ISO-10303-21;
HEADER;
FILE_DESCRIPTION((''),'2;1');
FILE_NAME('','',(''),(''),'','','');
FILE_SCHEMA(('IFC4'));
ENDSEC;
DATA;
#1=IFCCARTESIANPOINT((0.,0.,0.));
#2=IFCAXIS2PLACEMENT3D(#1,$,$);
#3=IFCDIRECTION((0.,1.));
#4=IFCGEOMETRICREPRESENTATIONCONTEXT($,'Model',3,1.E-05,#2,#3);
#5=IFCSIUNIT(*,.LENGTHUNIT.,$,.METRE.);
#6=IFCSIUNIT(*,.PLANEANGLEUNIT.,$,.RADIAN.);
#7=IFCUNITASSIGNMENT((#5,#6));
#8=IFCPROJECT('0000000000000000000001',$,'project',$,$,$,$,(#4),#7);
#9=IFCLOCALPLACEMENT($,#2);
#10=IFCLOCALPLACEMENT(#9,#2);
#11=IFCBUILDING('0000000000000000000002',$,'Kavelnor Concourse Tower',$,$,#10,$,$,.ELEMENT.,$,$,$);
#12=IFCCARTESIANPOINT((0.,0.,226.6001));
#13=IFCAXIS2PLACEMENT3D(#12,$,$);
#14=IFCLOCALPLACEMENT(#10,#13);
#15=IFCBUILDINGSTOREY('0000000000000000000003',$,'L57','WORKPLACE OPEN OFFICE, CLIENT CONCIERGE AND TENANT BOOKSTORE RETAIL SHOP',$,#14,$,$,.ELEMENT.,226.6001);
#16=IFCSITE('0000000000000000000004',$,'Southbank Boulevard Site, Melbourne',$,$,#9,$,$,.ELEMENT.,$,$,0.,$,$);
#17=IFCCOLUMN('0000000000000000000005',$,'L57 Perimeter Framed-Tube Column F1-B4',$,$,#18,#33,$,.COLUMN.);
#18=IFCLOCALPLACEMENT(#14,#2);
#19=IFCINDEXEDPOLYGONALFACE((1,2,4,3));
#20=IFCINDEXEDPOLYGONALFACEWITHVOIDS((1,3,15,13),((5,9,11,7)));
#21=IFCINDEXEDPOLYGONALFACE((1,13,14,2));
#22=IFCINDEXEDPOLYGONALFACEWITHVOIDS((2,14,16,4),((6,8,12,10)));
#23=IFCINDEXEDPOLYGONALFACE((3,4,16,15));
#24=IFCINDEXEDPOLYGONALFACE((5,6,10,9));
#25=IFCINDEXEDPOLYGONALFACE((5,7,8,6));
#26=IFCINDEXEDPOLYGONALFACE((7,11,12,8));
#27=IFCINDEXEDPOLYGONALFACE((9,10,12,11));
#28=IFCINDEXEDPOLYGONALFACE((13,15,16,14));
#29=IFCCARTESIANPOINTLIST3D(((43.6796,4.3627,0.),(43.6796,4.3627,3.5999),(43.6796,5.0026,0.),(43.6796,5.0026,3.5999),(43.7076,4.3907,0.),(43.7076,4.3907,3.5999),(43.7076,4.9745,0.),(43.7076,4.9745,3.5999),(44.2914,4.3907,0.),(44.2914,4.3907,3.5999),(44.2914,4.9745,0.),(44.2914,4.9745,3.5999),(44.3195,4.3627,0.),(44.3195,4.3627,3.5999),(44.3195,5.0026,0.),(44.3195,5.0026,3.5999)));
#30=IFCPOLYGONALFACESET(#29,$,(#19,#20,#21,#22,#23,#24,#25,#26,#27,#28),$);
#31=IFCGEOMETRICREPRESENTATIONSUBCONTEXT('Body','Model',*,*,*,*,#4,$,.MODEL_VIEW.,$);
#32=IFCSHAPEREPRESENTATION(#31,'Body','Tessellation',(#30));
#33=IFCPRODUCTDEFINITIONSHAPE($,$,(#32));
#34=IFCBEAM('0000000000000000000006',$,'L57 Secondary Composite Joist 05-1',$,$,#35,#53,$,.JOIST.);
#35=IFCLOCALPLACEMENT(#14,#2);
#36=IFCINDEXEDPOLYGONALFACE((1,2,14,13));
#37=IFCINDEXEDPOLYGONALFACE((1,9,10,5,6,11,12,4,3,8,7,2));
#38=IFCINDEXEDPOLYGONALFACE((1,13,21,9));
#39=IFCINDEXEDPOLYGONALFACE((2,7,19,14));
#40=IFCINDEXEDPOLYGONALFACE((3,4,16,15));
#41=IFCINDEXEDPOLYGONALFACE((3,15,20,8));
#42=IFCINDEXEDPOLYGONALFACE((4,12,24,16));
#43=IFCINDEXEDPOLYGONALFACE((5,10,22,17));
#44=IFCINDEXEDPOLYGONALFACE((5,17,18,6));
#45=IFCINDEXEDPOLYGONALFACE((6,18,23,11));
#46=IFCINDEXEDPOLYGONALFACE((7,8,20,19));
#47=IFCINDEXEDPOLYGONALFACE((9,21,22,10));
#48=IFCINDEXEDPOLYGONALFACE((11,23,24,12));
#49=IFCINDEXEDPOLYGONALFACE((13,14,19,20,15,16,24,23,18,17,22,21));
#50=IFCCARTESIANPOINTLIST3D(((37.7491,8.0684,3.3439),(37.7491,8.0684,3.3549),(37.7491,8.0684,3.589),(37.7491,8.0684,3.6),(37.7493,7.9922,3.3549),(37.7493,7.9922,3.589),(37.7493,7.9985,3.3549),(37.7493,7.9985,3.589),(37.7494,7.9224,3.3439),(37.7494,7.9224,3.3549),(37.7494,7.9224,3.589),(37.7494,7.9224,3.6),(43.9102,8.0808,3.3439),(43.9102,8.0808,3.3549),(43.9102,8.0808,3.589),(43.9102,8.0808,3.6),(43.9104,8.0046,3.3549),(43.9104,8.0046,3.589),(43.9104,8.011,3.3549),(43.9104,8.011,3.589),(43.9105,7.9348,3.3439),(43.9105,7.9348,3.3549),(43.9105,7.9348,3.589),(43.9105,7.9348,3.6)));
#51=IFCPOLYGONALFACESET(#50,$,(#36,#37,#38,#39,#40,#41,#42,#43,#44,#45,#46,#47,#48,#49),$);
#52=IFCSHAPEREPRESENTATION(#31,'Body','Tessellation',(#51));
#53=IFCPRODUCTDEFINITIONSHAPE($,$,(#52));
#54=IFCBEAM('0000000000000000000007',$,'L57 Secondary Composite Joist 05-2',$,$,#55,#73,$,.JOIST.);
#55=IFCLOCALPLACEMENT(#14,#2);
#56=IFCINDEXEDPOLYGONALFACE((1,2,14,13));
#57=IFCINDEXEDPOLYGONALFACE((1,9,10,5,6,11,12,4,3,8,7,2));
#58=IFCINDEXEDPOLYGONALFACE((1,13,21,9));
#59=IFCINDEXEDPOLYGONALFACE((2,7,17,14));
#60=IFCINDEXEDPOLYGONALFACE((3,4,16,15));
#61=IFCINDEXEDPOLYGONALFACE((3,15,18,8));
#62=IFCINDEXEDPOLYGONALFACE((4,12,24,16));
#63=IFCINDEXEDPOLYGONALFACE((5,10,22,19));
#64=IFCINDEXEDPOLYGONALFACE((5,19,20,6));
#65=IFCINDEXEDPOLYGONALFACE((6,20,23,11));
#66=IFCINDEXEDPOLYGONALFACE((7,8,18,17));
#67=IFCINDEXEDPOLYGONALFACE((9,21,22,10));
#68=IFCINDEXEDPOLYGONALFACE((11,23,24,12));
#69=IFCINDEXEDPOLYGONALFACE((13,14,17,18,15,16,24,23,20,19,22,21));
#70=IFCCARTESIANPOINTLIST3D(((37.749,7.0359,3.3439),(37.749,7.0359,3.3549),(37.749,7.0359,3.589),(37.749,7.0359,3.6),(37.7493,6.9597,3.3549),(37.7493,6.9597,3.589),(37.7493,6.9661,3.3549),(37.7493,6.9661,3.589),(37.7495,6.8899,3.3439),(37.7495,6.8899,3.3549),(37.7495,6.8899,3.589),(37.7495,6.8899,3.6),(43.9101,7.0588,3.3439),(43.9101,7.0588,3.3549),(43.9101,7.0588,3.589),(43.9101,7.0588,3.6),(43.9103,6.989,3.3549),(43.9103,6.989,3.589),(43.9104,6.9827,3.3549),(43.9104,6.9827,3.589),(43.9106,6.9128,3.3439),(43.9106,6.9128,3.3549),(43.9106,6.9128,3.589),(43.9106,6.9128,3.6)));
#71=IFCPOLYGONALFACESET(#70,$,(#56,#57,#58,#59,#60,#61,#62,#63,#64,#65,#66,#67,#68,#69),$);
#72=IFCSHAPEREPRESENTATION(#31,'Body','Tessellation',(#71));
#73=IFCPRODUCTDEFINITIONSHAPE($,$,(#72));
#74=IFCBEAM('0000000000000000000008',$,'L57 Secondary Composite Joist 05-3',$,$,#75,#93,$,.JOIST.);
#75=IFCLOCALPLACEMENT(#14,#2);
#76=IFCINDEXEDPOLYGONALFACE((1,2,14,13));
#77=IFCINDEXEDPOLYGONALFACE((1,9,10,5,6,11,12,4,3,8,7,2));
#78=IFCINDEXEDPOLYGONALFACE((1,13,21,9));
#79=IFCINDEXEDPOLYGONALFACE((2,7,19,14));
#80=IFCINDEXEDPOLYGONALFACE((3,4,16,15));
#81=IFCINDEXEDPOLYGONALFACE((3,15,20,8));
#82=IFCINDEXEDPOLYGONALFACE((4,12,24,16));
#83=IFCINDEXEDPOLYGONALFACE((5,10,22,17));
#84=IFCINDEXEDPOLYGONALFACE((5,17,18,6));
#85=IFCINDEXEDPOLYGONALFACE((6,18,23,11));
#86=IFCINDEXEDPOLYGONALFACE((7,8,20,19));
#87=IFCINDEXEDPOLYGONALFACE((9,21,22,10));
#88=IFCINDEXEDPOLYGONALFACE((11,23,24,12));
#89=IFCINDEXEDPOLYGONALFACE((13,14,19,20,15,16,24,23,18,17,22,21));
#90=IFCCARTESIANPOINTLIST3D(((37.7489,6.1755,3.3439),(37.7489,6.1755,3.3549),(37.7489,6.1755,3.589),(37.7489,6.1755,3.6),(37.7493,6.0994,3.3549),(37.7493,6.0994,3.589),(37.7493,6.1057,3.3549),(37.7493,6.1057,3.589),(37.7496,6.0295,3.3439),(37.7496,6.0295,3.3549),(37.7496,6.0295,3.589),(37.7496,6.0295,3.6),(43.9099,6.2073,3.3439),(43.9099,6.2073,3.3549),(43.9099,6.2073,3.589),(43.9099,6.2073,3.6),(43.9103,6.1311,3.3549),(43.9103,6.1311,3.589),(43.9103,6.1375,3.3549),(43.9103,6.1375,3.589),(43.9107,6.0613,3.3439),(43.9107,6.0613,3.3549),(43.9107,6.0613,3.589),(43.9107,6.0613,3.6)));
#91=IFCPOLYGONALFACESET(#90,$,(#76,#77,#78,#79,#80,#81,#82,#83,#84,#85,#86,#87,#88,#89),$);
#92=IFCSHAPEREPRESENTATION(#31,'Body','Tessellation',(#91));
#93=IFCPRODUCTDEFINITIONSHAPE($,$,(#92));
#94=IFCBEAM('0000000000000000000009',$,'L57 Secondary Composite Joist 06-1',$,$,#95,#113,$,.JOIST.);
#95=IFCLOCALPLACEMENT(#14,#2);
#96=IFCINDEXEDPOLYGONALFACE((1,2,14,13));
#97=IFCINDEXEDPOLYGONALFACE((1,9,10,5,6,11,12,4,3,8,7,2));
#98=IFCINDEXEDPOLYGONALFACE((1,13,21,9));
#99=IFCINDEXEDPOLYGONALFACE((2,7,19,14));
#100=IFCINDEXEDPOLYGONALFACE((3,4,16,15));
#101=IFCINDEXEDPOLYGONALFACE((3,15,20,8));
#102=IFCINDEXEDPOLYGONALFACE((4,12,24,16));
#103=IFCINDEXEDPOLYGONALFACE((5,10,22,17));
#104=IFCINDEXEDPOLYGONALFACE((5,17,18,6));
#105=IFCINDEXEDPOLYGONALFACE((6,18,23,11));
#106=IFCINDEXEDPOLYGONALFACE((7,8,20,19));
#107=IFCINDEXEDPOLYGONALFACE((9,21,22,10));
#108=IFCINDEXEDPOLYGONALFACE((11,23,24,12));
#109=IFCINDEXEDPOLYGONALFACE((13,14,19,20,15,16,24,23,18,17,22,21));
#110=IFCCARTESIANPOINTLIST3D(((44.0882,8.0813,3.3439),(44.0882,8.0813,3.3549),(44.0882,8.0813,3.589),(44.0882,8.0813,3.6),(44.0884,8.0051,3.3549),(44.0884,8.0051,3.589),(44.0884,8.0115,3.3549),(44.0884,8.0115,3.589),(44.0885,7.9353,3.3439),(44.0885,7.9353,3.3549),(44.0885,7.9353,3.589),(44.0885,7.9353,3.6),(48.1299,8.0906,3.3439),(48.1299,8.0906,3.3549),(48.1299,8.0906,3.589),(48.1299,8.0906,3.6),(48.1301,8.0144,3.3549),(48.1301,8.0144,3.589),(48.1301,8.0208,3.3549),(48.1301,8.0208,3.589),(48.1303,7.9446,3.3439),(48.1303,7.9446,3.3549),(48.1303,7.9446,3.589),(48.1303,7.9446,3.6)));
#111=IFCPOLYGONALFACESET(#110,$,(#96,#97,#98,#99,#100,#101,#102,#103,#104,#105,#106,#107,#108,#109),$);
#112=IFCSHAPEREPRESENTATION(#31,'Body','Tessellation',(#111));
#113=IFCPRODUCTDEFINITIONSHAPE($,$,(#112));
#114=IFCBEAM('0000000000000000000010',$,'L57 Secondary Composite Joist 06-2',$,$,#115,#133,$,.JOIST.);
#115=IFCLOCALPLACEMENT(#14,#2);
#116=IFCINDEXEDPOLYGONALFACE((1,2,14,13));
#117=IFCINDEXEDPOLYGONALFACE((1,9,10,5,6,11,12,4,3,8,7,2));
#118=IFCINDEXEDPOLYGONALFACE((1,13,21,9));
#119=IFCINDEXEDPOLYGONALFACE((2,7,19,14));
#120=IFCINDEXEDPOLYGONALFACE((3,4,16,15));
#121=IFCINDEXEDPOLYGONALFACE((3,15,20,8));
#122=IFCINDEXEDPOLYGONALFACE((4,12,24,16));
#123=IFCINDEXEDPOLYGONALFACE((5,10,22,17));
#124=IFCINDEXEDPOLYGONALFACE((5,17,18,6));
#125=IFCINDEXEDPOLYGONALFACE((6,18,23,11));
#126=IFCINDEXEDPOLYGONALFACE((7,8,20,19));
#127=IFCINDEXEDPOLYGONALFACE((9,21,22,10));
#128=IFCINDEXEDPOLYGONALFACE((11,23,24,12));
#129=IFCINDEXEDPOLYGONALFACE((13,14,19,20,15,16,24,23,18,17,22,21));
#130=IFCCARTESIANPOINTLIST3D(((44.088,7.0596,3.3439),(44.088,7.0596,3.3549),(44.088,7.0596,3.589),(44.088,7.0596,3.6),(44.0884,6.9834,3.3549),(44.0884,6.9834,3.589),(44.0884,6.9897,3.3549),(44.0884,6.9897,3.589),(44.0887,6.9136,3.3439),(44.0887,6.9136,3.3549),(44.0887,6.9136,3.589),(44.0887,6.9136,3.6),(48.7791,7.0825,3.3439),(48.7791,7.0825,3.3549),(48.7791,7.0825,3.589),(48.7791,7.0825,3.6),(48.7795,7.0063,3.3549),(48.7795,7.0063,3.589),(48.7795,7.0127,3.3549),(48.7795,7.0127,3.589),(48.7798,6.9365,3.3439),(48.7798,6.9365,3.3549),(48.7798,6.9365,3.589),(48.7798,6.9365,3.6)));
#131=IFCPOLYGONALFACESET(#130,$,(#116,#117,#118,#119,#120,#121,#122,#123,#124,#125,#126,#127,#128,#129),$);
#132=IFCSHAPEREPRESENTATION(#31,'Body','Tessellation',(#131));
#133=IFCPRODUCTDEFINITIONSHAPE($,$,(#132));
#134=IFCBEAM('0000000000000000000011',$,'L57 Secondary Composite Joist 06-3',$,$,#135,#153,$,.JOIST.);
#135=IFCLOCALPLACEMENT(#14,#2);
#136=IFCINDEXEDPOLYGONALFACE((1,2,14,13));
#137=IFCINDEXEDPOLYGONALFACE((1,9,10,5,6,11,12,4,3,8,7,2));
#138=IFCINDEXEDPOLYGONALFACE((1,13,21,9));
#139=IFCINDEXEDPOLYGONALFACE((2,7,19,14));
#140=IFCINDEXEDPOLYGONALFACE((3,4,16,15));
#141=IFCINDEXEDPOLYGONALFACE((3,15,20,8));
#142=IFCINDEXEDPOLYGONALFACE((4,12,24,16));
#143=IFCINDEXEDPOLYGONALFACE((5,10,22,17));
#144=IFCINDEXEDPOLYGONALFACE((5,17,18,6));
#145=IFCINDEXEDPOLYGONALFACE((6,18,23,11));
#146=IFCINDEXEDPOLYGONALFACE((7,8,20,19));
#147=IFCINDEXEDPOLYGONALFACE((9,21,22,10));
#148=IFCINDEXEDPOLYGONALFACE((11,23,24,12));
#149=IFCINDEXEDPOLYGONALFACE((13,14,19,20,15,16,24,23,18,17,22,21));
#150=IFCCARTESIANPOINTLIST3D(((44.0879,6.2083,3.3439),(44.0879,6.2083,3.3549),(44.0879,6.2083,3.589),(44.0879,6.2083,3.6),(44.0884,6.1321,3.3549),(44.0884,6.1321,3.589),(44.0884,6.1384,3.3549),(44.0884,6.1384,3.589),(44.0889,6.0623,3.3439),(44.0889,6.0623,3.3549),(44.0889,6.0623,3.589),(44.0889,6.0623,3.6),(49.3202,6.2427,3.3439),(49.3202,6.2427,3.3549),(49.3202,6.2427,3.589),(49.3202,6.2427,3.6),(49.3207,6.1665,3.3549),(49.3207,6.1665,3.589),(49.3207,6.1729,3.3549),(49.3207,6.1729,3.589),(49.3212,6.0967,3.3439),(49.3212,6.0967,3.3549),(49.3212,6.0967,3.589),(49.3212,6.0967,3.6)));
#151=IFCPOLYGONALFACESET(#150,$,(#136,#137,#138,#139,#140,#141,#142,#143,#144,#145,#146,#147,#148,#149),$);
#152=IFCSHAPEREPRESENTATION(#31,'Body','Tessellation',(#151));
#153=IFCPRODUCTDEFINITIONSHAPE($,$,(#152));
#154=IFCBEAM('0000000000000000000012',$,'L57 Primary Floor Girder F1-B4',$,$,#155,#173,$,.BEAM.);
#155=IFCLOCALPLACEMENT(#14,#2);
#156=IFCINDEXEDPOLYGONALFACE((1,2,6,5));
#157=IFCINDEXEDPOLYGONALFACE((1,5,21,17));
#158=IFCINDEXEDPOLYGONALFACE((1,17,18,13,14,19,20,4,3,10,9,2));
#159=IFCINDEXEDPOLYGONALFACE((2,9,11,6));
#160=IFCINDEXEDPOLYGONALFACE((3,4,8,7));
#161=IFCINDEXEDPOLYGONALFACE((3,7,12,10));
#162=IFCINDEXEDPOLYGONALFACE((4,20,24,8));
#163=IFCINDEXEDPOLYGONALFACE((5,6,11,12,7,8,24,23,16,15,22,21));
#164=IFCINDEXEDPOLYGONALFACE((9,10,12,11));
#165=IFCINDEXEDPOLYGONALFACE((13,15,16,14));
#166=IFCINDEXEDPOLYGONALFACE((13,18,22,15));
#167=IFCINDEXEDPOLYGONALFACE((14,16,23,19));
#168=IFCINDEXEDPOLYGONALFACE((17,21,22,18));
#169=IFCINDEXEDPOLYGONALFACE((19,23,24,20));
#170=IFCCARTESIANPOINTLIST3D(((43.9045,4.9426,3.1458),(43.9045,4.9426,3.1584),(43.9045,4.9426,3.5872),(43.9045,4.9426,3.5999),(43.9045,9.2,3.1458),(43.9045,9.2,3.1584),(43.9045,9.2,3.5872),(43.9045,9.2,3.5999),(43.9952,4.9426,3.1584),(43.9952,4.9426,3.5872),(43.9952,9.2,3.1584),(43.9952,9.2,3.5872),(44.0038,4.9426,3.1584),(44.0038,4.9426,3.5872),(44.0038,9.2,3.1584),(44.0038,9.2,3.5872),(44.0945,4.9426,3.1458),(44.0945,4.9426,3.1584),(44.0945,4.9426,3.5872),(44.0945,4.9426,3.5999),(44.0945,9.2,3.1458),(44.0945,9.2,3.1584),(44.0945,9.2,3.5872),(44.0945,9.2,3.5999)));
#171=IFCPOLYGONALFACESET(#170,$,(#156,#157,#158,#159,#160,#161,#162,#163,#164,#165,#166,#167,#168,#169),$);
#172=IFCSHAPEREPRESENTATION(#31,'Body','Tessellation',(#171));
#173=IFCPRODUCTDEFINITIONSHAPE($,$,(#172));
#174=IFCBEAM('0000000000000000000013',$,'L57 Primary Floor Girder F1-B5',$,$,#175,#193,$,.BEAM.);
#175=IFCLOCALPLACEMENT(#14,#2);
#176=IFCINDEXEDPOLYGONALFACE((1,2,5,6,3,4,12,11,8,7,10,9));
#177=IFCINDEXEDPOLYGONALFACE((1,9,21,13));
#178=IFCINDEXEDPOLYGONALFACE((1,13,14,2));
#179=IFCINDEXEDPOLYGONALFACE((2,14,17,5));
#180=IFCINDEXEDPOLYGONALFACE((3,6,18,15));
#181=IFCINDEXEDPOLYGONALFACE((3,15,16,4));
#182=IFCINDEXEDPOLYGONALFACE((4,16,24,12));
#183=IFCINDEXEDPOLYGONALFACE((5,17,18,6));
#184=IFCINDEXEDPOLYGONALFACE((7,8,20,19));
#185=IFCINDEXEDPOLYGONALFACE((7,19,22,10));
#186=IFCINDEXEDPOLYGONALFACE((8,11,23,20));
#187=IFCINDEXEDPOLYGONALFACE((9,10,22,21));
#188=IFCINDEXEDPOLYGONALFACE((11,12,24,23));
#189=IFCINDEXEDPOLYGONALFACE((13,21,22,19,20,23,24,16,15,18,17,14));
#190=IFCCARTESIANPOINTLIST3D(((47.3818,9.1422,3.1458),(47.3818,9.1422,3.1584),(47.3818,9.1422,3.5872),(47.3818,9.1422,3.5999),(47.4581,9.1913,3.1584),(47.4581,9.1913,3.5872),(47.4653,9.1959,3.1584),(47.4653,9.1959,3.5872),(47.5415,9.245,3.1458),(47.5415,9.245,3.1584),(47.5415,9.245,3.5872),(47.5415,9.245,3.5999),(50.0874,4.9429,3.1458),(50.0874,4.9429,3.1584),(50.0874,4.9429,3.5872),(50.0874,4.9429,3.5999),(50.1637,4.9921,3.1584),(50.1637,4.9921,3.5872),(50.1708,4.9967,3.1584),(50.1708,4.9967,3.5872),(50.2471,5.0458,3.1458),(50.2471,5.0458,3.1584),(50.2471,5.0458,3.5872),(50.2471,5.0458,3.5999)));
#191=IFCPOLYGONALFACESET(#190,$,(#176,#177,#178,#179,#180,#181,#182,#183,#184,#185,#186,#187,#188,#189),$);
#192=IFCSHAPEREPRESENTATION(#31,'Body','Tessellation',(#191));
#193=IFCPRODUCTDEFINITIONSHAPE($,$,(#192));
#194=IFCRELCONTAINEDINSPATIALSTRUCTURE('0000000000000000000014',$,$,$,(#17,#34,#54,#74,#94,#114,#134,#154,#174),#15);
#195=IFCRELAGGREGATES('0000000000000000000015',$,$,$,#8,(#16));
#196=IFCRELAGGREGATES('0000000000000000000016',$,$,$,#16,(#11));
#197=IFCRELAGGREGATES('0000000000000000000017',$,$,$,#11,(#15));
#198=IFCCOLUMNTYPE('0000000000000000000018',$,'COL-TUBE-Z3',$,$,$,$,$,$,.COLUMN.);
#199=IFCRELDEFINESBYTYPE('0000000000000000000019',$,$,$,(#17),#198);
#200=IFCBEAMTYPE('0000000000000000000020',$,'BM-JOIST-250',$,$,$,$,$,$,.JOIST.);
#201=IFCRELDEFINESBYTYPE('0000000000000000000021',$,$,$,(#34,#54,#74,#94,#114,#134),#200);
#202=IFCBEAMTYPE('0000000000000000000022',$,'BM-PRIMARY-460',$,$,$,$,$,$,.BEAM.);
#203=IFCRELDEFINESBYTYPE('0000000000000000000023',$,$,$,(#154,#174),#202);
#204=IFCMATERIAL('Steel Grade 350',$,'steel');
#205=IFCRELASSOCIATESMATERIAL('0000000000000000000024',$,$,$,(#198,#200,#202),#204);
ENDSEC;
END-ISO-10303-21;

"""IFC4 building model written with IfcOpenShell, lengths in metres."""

from ifc_helpers import new_model, si_unit, direction, frame, origin, origin_2d, place, context, subcontext, project, spatial, hollow_rectangle, i_section, extrude, material, material_profile, profile_set, type_object, element, save


model = new_model("IFC4")

# Units and contexts
model_context = context("Model", 3, precision=1e-05, world=origin(), true_north=direction((0.0, 1.0)))
body_context = subcontext(model_context, "Body", "Model", "MODEL_VIEW")
ifc_project = project(units=[si_unit("LENGTHUNIT", "METRE"), si_unit("PLANEANGLEUNIT", "RADIAN")], contexts=[model_context])

# Site, building, storey
site_placement = place(None, origin())
site = spatial("IfcSite", under=ifc_project, at=site_placement, Name="Southbank Boulevard Site, Melbourne", CompositionType="ELEMENT", RefElevation=0.0)
building_placement = place(site_placement, origin())
building = spatial("IfcBuilding", under=site, at=building_placement, Name="Kavelnor Concourse Tower", CompositionType="ELEMENT")
storey_placement = place(building_placement, frame((0.0, 0.0, 226.6001)))
storey = spatial("IfcBuildingStorey", under=building, at=storey_placement, Name="L57", Description="WORKPLACE OPEN OFFICE, CLIENT CONCIERGE AND TENANT BOOKSTORE RETAIL SHOP", CompositionType="ELEMENT", Elevation=226.6001)

# Column
ifc_material_1 = material(Name="Steel Grade 350", Category="steel")
ifc_material_profile_1 = material_profile(ifc_material_1, hollow_rectangle(XDim=0.6399, YDim=0.6399, WallThickness=0.0281, at=origin_2d()), Name="SHS 640x640x28")
ifc_profile_set_1 = profile_set([ifc_material_profile_1], Name="Steel Grade 350")
column_type = type_object("IfcColumnType", Name="COL-TUBE-Z3", PredefinedType="COLUMN", material=ifc_profile_set_1)
column_placement = place(storey_placement, frame((43.9995, 4.6826, 0.0), z_axis=(0.0, 0.0, 1.0), x_axis=(1.0, 0.0, 0.0)))
element("IfcColumn", 1, at=column_placement, inside=storey, type_object=column_type, Name="L57 Perimeter Framed-Tube Column F1-B4", PredefinedType="COLUMN", context=body_context, shape_type="SweptSolid", body=[
    extrude(hollow_rectangle(XDim=0.6399, YDim=0.6399, WallThickness=0.0281, at=origin_2d()), origin(), (0.0, 0.0, 1.0), 3.5999),
])

# Beams
ifc_material_profile_2 = material_profile(ifc_material_1, i_section(OverallWidth=0.146, OverallDepth=0.2561, WebThickness=0.0063, FlangeThickness=0.011, at=origin_2d()), Name="250UB37")
ifc_profile_set_2 = profile_set([ifc_material_profile_2], Name="Steel Grade 350")
beam_type_1 = type_object("IfcBeamType", Name="BM-JOIST-250", PredefinedType="JOIST", material=ifc_profile_set_2)
for number, where, z_axis, x_axis, name in (
    (2, (37.7493, 7.9954, 3.4719), (0.999998, 0.002021, 0.0), (-0.002021, 0.999998, 0.0), "L57 Secondary Composite Joist 05-1"),
    (3, (37.7493, 6.9629, 3.4719), (0.999993, 0.003725, 0.0), (-0.003725, 0.999993, 0.0), "L57 Secondary Composite Joist 05-2"),
    (4, (37.7493, 6.1025, 3.4719), (0.999987, 0.005151, 0.0), (-0.005151, 0.999987, 0.0), "L57 Secondary Composite Joist 05-3"),
):
    element("IfcBeam", number, at=place(storey_placement, frame(where, z_axis=z_axis, x_axis=x_axis)), inside=storey, type_object=beam_type_1, Name=name, PredefinedType="JOIST", context=body_context, shape_type="SweptSolid", body=[
        extrude(i_section(OverallWidth=0.146, OverallDepth=0.2561, WebThickness=0.0063, FlangeThickness=0.011, at=origin_2d()), origin(), (0.0, 0.0, 1.0), 6.1611),
    ])
beam_1_placement = place(storey_placement, frame((44.0884, 8.0083, 3.4719), z_axis=(0.999997, 0.002295, 0.0), x_axis=(-0.002295, 0.999997, 0.0)))
element("IfcBeam", 5, at=beam_1_placement, inside=storey, type_object=beam_type_1, Name="L57 Secondary Composite Joist 06-1", PredefinedType="JOIST", context=body_context, shape_type="SweptSolid", body=[
    extrude(i_section(OverallWidth=0.146, OverallDepth=0.2561, WebThickness=0.0063, FlangeThickness=0.011, at=origin_2d()), origin(), (0.0, 0.0, 1.0), 4.0417),
])
beam_2_placement = place(storey_placement, frame((44.0884, 6.9866, 3.4719), z_axis=(0.999988, 0.004892, 0.0), x_axis=(-0.004892, 0.999988, 0.0)))
element("IfcBeam", 6, at=beam_2_placement, inside=storey, type_object=beam_type_1, Name="L57 Secondary Composite Joist 06-2", PredefinedType="JOIST", context=body_context, shape_type="SweptSolid", body=[
    extrude(i_section(OverallWidth=0.146, OverallDepth=0.2561, WebThickness=0.0063, FlangeThickness=0.011, at=origin_2d()), origin(), (0.0, 0.0, 1.0), 4.6912),
])
beam_3_placement = place(storey_placement, frame((44.0884, 6.1353, 3.4719), z_axis=(0.999978, 0.006579, 0.0), x_axis=(-0.006579, 0.999978, 0.0)))
element("IfcBeam", 7, at=beam_3_placement, inside=storey, type_object=beam_type_1, Name="L57 Secondary Composite Joist 06-3", PredefinedType="JOIST", context=body_context, shape_type="SweptSolid", body=[
    extrude(i_section(OverallWidth=0.146, OverallDepth=0.2561, WebThickness=0.0063, FlangeThickness=0.011, at=origin_2d()), origin(), (0.0, 0.0, 1.0), 5.2324),
])
ifc_material_profile_3 = material_profile(ifc_material_1, i_section(OverallWidth=0.1899, OverallDepth=0.4541, WebThickness=0.0085, FlangeThickness=0.0127, at=origin_2d()), Name="460UB67")
ifc_profile_set_3 = profile_set([ifc_material_profile_3], Name="Steel Grade 350")
beam_type_2 = type_object("IfcBeamType", Name="BM-PRIMARY-460", PredefinedType="BEAM", material=ifc_profile_set_3)
beam_4_placement = place(storey_placement, frame((43.9995, 9.2, 3.3728), z_axis=(0.0, -1.0, 0.0), x_axis=(1.0, 0.0, 0.0)))
element("IfcBeam", 8, at=beam_4_placement, inside=storey, type_object=beam_type_2, Name="L57 Primary Floor Girder F1-B4", PredefinedType="BEAM", context=body_context, shape_type="SweptSolid", body=[
    extrude(i_section(OverallWidth=0.1899, OverallDepth=0.4541, WebThickness=0.0085, FlangeThickness=0.0127, at=origin_2d()), origin(), (0.0, 0.0, 1.0), 4.2573),
])
beam_5_placement = place(storey_placement, frame((47.4617, 9.1936, 3.3728), z_axis=(0.541617, -0.840625, 0.0), x_axis=(0.840625, 0.541617, 0.0)))
element("IfcBeam", 9, at=beam_5_placement, inside=storey, type_object=beam_type_2, Name="L57 Primary Floor Girder F1-B5", PredefinedType="BEAM", context=body_context, shape_type="SweptSolid", body=[
    extrude(i_section(OverallWidth=0.1899, OverallDepth=0.4541, WebThickness=0.0085, FlangeThickness=0.0127, at=origin_2d()), origin(), (0.0, 0.0, 1.0), 4.9954),
])

save(model, "model.ifc")
